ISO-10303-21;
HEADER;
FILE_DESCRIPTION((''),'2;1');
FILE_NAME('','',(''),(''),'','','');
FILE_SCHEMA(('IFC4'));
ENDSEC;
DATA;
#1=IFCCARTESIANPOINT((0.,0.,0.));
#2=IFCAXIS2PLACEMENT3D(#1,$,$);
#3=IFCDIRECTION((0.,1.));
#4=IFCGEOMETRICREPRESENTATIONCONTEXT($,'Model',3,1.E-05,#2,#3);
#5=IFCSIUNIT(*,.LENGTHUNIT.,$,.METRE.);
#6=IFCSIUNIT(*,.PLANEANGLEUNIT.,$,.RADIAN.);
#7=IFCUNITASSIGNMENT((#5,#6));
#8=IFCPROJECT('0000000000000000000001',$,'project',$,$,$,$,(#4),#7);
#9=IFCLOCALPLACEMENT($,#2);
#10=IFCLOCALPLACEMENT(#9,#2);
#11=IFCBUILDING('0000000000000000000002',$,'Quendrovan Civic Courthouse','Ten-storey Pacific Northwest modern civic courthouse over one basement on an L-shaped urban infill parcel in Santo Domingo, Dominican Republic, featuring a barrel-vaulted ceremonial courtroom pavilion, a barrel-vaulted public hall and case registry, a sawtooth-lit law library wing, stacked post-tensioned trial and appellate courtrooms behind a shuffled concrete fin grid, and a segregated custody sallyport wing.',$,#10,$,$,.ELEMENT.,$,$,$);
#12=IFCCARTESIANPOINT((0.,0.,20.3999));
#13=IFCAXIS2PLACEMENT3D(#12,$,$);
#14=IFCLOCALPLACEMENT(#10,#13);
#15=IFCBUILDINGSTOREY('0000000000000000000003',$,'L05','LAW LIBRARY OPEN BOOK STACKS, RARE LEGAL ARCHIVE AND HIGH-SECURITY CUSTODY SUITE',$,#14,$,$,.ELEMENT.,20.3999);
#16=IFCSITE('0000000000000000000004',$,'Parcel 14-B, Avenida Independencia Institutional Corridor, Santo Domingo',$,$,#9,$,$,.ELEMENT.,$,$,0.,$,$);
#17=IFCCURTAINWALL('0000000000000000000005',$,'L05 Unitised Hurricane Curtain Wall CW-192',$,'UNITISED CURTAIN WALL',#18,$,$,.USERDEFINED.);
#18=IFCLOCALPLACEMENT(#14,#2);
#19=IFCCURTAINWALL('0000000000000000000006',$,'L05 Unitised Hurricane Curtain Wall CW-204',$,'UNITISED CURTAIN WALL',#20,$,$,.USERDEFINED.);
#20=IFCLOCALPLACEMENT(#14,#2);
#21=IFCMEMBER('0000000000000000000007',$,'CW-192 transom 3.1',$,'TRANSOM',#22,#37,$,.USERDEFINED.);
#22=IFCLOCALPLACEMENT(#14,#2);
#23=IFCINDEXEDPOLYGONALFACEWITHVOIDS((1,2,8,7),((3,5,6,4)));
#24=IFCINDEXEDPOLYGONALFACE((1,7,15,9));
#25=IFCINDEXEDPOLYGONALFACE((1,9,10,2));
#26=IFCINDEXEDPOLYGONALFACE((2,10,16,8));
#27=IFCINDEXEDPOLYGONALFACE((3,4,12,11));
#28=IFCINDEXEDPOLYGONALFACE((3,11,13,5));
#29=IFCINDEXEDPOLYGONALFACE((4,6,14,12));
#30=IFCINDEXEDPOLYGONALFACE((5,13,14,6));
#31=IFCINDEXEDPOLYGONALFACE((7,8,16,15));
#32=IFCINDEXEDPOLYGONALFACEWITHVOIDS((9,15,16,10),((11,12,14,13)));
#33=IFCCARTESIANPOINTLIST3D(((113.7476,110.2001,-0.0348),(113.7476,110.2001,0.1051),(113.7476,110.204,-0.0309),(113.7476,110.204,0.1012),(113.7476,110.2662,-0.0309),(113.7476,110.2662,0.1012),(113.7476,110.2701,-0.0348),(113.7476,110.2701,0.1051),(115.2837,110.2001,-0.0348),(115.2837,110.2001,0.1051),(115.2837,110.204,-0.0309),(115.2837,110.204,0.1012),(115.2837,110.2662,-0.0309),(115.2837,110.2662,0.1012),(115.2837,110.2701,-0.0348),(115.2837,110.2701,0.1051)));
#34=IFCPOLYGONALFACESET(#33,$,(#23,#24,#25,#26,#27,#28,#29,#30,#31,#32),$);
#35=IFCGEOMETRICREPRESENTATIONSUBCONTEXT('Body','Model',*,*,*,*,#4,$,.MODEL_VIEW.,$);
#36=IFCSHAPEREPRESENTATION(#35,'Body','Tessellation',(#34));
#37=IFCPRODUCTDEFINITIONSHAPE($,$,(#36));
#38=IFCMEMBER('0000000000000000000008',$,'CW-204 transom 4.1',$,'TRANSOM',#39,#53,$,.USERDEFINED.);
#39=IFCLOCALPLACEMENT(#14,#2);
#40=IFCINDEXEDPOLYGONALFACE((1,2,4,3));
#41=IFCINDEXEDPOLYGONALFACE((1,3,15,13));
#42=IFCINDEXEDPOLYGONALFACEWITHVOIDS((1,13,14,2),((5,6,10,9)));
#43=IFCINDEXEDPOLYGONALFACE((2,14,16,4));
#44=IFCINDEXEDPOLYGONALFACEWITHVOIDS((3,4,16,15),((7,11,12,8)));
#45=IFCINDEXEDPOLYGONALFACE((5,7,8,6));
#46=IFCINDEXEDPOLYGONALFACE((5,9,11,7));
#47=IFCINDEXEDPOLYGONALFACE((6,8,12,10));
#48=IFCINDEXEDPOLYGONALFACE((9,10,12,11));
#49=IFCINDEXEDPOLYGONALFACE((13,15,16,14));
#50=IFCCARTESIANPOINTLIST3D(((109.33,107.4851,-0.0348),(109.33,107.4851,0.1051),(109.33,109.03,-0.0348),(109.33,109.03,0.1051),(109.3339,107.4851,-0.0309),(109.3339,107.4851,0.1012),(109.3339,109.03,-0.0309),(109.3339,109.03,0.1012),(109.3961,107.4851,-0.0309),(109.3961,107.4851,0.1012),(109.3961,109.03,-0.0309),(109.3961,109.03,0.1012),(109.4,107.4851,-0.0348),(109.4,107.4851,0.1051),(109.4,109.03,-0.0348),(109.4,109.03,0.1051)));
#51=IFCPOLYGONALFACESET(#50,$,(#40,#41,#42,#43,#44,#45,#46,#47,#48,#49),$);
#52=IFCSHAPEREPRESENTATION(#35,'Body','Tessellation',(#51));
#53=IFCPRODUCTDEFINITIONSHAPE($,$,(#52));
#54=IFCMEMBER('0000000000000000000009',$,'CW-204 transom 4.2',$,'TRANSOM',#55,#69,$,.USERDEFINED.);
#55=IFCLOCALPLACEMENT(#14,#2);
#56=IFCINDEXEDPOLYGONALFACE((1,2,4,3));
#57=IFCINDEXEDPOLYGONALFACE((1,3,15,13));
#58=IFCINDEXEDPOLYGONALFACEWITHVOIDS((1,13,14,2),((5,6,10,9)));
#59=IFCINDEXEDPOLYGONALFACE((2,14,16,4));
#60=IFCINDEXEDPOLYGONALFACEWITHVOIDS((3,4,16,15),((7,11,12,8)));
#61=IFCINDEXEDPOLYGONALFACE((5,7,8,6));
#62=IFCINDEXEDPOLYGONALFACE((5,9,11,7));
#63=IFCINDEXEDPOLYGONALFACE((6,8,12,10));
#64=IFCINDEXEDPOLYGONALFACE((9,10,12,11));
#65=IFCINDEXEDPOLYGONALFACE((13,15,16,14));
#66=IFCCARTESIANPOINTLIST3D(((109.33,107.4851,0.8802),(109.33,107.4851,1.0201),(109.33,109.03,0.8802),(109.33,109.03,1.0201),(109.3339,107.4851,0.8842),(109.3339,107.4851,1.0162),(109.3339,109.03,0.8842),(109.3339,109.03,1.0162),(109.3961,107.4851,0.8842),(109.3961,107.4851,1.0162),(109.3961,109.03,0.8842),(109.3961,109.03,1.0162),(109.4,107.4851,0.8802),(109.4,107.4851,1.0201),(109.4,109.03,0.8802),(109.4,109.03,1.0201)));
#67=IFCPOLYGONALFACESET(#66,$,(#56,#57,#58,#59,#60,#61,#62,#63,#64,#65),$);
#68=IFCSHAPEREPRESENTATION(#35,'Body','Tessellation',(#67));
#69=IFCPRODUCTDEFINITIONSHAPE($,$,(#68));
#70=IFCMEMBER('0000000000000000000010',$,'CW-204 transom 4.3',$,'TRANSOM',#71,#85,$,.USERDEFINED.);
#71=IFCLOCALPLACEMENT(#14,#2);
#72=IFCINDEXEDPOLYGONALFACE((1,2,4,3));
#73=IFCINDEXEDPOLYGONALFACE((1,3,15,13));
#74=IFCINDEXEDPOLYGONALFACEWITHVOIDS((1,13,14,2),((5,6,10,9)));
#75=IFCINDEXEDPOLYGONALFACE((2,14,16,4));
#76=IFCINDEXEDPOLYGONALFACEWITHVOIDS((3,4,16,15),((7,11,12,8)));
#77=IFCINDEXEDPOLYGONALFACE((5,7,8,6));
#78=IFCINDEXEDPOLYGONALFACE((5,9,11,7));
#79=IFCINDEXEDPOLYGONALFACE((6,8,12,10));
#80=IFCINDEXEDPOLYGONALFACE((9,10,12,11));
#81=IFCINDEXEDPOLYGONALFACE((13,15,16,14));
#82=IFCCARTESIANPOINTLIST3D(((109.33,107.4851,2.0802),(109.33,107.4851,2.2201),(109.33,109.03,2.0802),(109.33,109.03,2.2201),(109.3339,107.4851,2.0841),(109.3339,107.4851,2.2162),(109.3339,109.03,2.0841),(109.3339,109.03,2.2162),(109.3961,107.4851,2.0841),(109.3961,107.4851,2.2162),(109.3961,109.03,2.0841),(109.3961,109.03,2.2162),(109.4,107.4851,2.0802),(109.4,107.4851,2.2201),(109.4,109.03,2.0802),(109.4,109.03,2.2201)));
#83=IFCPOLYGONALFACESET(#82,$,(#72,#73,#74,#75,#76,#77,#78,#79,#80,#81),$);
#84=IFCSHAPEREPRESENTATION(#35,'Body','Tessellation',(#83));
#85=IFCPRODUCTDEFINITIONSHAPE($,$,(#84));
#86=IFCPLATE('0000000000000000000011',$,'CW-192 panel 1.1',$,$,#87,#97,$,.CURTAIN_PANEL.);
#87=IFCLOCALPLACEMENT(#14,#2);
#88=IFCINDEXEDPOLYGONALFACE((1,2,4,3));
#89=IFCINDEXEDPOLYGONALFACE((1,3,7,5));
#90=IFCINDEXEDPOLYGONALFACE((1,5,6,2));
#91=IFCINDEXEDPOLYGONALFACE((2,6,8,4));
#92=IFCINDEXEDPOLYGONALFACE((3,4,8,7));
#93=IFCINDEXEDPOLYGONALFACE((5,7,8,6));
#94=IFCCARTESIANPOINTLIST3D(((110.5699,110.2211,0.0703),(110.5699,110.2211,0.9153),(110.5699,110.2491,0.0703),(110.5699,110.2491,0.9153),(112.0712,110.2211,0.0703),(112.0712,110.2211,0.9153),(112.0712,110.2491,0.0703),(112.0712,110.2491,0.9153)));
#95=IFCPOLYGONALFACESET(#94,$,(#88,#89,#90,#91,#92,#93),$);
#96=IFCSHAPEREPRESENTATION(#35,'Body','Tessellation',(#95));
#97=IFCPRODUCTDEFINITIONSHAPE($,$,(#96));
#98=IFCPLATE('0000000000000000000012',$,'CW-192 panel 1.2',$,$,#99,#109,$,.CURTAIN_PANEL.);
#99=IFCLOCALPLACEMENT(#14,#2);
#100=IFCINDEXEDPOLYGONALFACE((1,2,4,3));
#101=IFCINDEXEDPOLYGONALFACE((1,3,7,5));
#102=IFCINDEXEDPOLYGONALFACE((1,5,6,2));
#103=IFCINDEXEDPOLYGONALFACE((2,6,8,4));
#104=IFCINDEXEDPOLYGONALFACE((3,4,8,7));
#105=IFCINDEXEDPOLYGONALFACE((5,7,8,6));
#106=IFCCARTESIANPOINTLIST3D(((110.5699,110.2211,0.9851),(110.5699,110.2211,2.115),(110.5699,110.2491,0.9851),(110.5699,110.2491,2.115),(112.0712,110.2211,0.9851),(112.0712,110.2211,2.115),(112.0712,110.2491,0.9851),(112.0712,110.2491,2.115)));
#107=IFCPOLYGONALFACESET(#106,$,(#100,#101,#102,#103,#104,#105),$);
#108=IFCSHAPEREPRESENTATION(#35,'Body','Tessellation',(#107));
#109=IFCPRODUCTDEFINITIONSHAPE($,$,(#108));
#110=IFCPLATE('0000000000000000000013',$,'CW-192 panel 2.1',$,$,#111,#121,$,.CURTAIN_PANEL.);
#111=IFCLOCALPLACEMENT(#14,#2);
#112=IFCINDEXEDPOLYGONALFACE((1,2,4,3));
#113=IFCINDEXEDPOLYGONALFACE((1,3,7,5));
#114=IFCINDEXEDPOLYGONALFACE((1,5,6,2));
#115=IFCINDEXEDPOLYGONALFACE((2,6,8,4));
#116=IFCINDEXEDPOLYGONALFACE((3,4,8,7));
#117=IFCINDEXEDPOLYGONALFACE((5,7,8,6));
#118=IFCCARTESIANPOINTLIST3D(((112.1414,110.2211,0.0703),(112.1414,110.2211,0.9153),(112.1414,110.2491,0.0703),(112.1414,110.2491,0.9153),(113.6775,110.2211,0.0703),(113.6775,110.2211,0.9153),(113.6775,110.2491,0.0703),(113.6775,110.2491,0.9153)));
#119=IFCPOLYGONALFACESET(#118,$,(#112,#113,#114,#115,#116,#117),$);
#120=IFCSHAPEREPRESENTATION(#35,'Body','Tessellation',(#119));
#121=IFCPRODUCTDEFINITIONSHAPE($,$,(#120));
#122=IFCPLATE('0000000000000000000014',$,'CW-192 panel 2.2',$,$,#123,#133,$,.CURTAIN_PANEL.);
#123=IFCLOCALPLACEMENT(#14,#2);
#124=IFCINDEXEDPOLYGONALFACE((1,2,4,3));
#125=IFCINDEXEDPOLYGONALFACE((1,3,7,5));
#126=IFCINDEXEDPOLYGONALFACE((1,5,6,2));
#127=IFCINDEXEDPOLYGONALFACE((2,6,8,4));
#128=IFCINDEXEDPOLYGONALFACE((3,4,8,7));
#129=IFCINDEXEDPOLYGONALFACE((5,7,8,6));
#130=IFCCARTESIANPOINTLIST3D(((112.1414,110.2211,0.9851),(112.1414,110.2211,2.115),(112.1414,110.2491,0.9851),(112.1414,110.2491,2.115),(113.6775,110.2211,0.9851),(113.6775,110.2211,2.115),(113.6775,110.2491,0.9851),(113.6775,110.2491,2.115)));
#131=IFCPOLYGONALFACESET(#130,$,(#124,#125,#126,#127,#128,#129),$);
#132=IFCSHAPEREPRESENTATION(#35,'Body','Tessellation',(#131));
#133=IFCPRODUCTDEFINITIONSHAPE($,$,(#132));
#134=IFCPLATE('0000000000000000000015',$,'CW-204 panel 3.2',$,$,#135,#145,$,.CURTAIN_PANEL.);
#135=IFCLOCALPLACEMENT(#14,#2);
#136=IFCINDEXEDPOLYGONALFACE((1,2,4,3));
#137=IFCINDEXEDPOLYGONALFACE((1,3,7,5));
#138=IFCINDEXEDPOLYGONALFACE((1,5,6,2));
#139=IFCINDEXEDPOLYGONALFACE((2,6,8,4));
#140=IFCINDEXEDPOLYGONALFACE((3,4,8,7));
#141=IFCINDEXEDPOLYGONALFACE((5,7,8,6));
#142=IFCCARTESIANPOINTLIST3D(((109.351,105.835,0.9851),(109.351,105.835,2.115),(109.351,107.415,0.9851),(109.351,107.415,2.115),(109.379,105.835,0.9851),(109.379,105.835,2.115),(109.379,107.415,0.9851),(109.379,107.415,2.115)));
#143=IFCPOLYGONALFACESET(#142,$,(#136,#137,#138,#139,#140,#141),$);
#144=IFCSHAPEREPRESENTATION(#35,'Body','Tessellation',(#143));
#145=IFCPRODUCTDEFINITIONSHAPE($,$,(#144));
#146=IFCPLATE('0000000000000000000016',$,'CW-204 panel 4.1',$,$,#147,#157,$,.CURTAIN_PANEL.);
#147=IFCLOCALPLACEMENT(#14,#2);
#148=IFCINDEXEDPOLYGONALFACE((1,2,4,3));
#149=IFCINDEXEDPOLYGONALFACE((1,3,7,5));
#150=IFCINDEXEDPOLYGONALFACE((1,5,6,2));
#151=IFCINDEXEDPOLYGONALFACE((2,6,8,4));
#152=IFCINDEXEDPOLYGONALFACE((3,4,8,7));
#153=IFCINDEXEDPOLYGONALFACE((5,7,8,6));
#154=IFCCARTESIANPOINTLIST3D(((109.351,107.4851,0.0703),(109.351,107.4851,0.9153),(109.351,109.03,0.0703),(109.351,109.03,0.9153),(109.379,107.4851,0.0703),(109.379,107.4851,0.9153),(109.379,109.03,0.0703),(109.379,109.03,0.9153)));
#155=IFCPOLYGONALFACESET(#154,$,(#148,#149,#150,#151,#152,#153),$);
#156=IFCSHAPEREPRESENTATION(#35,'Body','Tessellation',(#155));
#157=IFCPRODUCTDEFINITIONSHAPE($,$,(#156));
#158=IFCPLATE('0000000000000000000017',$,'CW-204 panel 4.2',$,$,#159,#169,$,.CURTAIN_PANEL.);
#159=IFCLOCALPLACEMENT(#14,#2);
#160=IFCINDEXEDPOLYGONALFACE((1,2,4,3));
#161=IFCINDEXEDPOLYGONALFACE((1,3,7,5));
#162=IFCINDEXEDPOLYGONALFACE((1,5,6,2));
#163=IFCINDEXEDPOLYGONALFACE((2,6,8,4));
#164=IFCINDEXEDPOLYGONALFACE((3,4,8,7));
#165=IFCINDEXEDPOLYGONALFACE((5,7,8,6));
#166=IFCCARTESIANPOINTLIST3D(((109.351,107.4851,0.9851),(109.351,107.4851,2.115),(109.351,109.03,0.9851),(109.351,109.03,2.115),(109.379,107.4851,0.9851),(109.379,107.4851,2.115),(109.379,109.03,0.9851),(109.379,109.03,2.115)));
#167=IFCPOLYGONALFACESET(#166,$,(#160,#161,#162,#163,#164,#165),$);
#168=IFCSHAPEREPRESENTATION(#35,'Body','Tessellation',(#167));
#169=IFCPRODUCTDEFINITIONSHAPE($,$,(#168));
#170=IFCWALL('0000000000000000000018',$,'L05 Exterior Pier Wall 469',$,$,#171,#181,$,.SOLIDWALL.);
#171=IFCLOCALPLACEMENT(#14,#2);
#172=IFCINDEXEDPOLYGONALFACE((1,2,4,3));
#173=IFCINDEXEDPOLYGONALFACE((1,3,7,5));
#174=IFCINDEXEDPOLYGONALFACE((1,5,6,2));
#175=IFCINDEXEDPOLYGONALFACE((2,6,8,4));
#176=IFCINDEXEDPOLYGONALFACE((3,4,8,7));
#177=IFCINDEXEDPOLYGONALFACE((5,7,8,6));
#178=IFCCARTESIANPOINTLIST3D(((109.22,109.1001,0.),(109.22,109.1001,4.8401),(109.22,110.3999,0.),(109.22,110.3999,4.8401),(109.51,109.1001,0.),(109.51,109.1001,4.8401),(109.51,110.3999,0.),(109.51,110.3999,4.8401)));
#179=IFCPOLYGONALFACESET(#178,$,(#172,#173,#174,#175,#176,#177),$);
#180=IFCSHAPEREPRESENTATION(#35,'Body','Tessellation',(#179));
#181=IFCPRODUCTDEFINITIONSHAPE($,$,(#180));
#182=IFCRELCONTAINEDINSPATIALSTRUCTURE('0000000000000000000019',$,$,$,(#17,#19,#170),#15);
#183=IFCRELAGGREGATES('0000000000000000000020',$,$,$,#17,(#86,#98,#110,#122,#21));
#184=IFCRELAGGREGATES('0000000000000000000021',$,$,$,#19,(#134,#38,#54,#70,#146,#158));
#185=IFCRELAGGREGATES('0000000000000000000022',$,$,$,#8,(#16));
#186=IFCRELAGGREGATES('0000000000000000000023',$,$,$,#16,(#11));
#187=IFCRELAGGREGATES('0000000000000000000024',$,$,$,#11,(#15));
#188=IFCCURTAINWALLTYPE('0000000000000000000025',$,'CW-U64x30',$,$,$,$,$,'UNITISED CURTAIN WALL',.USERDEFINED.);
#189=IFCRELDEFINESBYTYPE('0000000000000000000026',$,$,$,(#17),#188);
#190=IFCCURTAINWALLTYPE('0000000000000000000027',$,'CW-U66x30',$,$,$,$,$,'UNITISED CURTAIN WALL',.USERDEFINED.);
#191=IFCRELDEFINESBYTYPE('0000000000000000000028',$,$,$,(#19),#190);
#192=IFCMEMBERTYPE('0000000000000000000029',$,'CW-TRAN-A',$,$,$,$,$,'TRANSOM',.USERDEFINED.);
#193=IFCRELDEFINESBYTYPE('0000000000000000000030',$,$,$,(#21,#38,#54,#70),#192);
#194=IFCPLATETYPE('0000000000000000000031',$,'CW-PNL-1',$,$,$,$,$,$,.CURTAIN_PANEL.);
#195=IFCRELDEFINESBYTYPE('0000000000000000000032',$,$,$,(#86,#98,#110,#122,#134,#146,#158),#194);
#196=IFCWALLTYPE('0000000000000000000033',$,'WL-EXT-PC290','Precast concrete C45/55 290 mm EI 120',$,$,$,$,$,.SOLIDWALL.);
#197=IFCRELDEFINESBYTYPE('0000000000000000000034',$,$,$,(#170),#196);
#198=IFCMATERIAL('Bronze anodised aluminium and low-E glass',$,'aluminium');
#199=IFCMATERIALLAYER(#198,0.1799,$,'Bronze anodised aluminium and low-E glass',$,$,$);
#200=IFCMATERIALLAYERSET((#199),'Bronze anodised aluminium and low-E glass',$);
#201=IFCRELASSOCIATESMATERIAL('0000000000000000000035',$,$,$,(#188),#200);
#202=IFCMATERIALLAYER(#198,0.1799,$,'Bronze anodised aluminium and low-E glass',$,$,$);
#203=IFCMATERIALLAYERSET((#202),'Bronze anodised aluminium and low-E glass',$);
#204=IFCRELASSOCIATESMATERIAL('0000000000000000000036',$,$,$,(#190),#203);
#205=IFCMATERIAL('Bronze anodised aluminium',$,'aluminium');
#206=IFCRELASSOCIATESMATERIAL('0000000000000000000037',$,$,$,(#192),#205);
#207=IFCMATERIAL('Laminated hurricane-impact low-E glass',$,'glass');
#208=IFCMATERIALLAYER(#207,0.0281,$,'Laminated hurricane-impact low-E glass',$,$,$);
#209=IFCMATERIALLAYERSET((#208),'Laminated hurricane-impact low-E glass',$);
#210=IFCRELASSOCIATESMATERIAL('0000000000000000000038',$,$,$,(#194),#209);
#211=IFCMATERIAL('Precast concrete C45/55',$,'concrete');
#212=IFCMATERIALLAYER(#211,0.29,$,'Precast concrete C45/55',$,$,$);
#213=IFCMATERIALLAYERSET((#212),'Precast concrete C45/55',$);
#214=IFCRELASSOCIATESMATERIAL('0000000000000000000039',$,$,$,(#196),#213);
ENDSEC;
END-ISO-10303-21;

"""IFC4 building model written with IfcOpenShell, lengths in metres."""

from ifc_helpers import new_model, si_unit, direction, frame, frame_2d, origin, origin_2d, place, context, subcontext, project, spatial, rectangle, hollow_rectangle, extrude, material, layer, layer_set, material_profile, profile_set, type_object, element, aggregate, save


model = new_model("IFC4")

# Units and contexts
model_context = context("Model", 3, precision=1e-05, world=origin(), true_north=direction((0.0, 1.0)))
body_context = subcontext(model_context, "Body", "Model", "MODEL_VIEW")
ifc_project = project(units=[si_unit("LENGTHUNIT", "METRE"), si_unit("PLANEANGLEUNIT", "RADIAN")], contexts=[model_context])

# Site, building, storey
site_placement = place(None, origin())
site = spatial("IfcSite", under=ifc_project, at=site_placement, Name="Parcel 14-B, Avenida Independencia Institutional Corridor, Santo Domingo", CompositionType="ELEMENT", RefElevation=0.0)
building_placement = place(site_placement, origin())
building = spatial("IfcBuilding", under=site, at=building_placement, Name="Quendrovan Civic Courthouse", Description="Ten-storey Pacific Northwest modern civic courthouse over one basement on an L-shaped urban infill parcel in Santo Domingo, Dominican Republic, featuring a barrel-vaulted ceremonial courtroom pavilion, a barrel-vaulted public hall and case registry, a sawtooth-lit law library wing, stacked post-tensioned trial and appellate courtrooms behind a shuffled concrete fin grid, and a segregated custody sallyport wing.", CompositionType="ELEMENT")
storey_placement = place(building_placement, frame((0.0, 0.0, 20.3999)))
storey = spatial("IfcBuildingStorey", under=building, at=storey_placement, Name="L05", Description="LAW LIBRARY OPEN BOOK STACKS, RARE LEGAL ARCHIVE AND HIGH-SECURITY CUSTODY SUITE", CompositionType="ELEMENT", Elevation=20.3999)

# Curtain walls
ifc_material_1 = material(Name="Bronze anodised aluminium and low-E glass", Category="aluminium")
ifc_layer_1 = layer(ifc_material_1, 0.1799, Name="Bronze anodised aluminium and low-E glass")
ifc_layer_set_1 = layer_set([ifc_layer_1], Name="Bronze anodised aluminium and low-E glass")
curtain_wall_type_1 = type_object("IfcCurtainWallType", Name="CW-U64x30", ElementType="UNITISED CURTAIN WALL", PredefinedType="USERDEFINED", material=ifc_layer_set_1)
curtain_wall_1_placement = place(storey_placement, origin())
curtain_wall_1 = element("IfcCurtainWall", 1, at=curtain_wall_1_placement, inside=storey, type_object=curtain_wall_type_1, Name="L05 Unitised Hurricane Curtain Wall CW-192", ObjectType="UNITISED CURTAIN WALL", PredefinedType="USERDEFINED")
ifc_material_2 = material(Name="Bronze anodised aluminium", Category="aluminium")
ifc_layer_2 = layer(ifc_material_1, 0.1799, Name="Bronze anodised aluminium and low-E glass")
ifc_layer_set_2 = layer_set([ifc_layer_2], Name="Bronze anodised aluminium and low-E glass")
curtain_wall_type_2 = type_object("IfcCurtainWallType", Name="CW-U66x30", ElementType="UNITISED CURTAIN WALL", PredefinedType="USERDEFINED", material=ifc_layer_set_2)
curtain_wall_2_placement = place(storey_placement, origin())
curtain_wall_2 = element("IfcCurtainWall", 2, at=curtain_wall_2_placement, inside=storey, type_object=curtain_wall_type_2, Name="L05 Unitised Hurricane Curtain Wall CW-204", ObjectType="UNITISED CURTAIN WALL", PredefinedType="USERDEFINED")

# Members
ifc_material_profile_1 = material_profile(ifc_material_2, hollow_rectangle(XDim=0.0701, YDim=0.1399, WallThickness=0.0039, at=origin_2d()), Name="CW-TRAN-70x140")
ifc_profile_set_1 = profile_set([ifc_material_profile_1], Name="Bronze anodised aluminium")
member_type_1 = type_object("IfcMemberType", Name="CW-TRAN-A", ElementType="TRANSOM", PredefinedType="USERDEFINED", material=ifc_profile_set_1)
member_1_placement = place(storey_placement, frame((113.7476, 110.2351, 0.0352), z_axis=(1.0, 0.0, 0.0), x_axis=(0.0, 1.0, 0.0)))
member_1 = element("IfcMember", 3, at=member_1_placement, type_object=member_type_1, Name="CW-192 transom 3.1", ObjectType="TRANSOM", PredefinedType="USERDEFINED", context=body_context, shape_type="SweptSolid", body=[
    extrude(hollow_rectangle(XDim=0.0701, YDim=0.1399, WallThickness=0.0039, at=origin_2d()), origin(), (0.0, 0.0, 1.0), 1.5361),
])
member_2_placement = place(storey_placement, frame((109.365, 107.4851, 0.0352), z_axis=(0.0, 1.0, 0.0), x_axis=(-1.0, 0.0, 0.0)))
member_2 = element("IfcMember", 4, at=member_2_placement, type_object=member_type_1, Name="CW-204 transom 4.1", ObjectType="TRANSOM", PredefinedType="USERDEFINED", context=body_context, shape_type="SweptSolid", body=[
    extrude(hollow_rectangle(XDim=0.0701, YDim=0.1399, WallThickness=0.0039, at=origin_2d()), origin(), (0.0, 0.0, 1.0), 1.5449),
])
member_3_placement = place(storey_placement, frame((109.365, 107.4851, 0.9502), z_axis=(0.0, 1.0, 0.0), x_axis=(-1.0, 0.0, 0.0)))
member_3 = element("IfcMember", 5, at=member_3_placement, type_object=member_type_1, Name="CW-204 transom 4.2", ObjectType="TRANSOM", PredefinedType="USERDEFINED", context=body_context, shape_type="SweptSolid", body=[
    extrude(hollow_rectangle(XDim=0.0701, YDim=0.1399, WallThickness=0.0039, at=origin_2d()), origin(), (0.0, 0.0, 1.0), 1.5449),
])
member_4_placement = place(storey_placement, frame((109.365, 107.4851, 2.1501), z_axis=(0.0, 1.0, 0.0), x_axis=(-1.0, 0.0, 0.0)))
member_4 = element("IfcMember", 6, at=member_4_placement, type_object=member_type_1, Name="CW-204 transom 4.3", ObjectType="TRANSOM", PredefinedType="USERDEFINED", context=body_context, shape_type="SweptSolid", body=[
    extrude(hollow_rectangle(XDim=0.0701, YDim=0.1399, WallThickness=0.0039, at=origin_2d()), origin(), (0.0, 0.0, 1.0), 1.5449),
])

# Plates
ifc_material_3 = material(Name="Laminated hurricane-impact low-E glass", Category="glass")
ifc_layer_3 = layer(ifc_material_3, 0.0281, Name="Laminated hurricane-impact low-E glass")
ifc_layer_set_3 = layer_set([ifc_layer_3], Name="Laminated hurricane-impact low-E glass")
plate_type = type_object("IfcPlateType", Name="CW-PNL-1", PredefinedType="CURTAIN_PANEL", material=ifc_layer_set_3)
plate_1_placement = place(storey_placement, frame((111.3206, 110.2351, 0.0703), z_axis=(0.0, 0.0, 1.0), x_axis=(1.0, 0.0, 0.0)))
plate_1 = element("IfcPlate", 7, at=plate_1_placement, type_object=plate_type, Name="CW-192 panel 1.1", PredefinedType="CURTAIN_PANEL", context=body_context, shape_type="SweptSolid", body=[
    extrude(rectangle(XDim=1.5012, YDim=0.0281, at=origin_2d()), origin(), (0.0, 0.0, 1.0), 0.845),
])
plate_2_placement = place(storey_placement, frame((111.3206, 110.2351, 0.9851), z_axis=(0.0, 0.0, 1.0), x_axis=(1.0, 0.0, 0.0)))
plate_2 = element("IfcPlate", 8, at=plate_2_placement, type_object=plate_type, Name="CW-192 panel 1.2", PredefinedType="CURTAIN_PANEL", context=body_context, shape_type="SweptSolid", body=[
    extrude(rectangle(XDim=1.5012, YDim=0.0281, at=origin_2d()), origin(), (0.0, 0.0, 1.0), 1.1299),
])
plate_3_placement = place(storey_placement, frame((112.9094, 110.2351, 0.0703), z_axis=(0.0, 0.0, 1.0), x_axis=(1.0, 0.0, 0.0)))
plate_3 = element("IfcPlate", 9, at=plate_3_placement, type_object=plate_type, Name="CW-192 panel 2.1", PredefinedType="CURTAIN_PANEL", context=body_context, shape_type="SweptSolid", body=[
    extrude(rectangle(XDim=1.5361, YDim=0.0281, at=origin_2d()), origin(), (0.0, 0.0, 1.0), 0.845),
])
plate_4_placement = place(storey_placement, frame((112.9094, 110.2351, 0.9851), z_axis=(0.0, 0.0, 1.0), x_axis=(1.0, 0.0, 0.0)))
plate_4 = element("IfcPlate", 10, at=plate_4_placement, type_object=plate_type, Name="CW-192 panel 2.2", PredefinedType="CURTAIN_PANEL", context=body_context, shape_type="SweptSolid", body=[
    extrude(rectangle(XDim=1.5361, YDim=0.0281, at=origin_2d()), origin(), (0.0, 0.0, 1.0), 1.1299),
])
aggregate(curtain_wall_1, [plate_1, plate_2, plate_3, plate_4, member_1])
plate_5_placement = place(storey_placement, frame((109.365, 106.625, 0.9851), z_axis=(0.0, 0.0, 1.0), x_axis=(0.0, 1.0, 0.0)))
plate_5 = element("IfcPlate", 11, at=plate_5_placement, type_object=plate_type, Name="CW-204 panel 3.2", PredefinedType="CURTAIN_PANEL", context=body_context, shape_type="SweptSolid", body=[
    extrude(rectangle(XDim=1.5801, YDim=0.0281, at=origin_2d()), origin(), (0.0, 0.0, 1.0), 1.1299),
])
plate_6_placement = place(storey_placement, frame((109.365, 108.2576, 0.0703), z_axis=(0.0, 0.0, 1.0), x_axis=(0.0, 1.0, 0.0)))
plate_6 = element("IfcPlate", 12, at=plate_6_placement, type_object=plate_type, Name="CW-204 panel 4.1", PredefinedType="CURTAIN_PANEL", context=body_context, shape_type="SweptSolid", body=[
    extrude(rectangle(XDim=1.5449, YDim=0.0281, at=origin_2d()), origin(), (0.0, 0.0, 1.0), 0.845),
])
plate_7_placement = place(storey_placement, frame((109.365, 108.2576, 0.9851), z_axis=(0.0, 0.0, 1.0), x_axis=(0.0, 1.0, 0.0)))
plate_7 = element("IfcPlate", 13, at=plate_7_placement, type_object=plate_type, Name="CW-204 panel 4.2", PredefinedType="CURTAIN_PANEL", context=body_context, shape_type="SweptSolid", body=[
    extrude(rectangle(XDim=1.5449, YDim=0.0281, at=origin_2d()), origin(), (0.0, 0.0, 1.0), 1.1299),
])
aggregate(curtain_wall_2, [plate_5, member_2, member_3, member_4, plate_6, plate_7])

# Wall
ifc_material_4 = material(Name="Precast concrete C45/55", Category="concrete")
ifc_layer_4 = layer(ifc_material_4, 0.29, Name="Precast concrete C45/55")
ifc_layer_set_4 = layer_set([ifc_layer_4], Name="Precast concrete C45/55")
wall_type = type_object("IfcWallType", Name="WL-EXT-PC290", Description="Precast concrete C45/55 290 mm EI 120", PredefinedType="SOLIDWALL", material=ifc_layer_set_4)
wall_placement = place(storey_placement, frame((109.365, 109.1001, 0.0), z_axis=(0.0, 0.0, 1.0), x_axis=(0.0, 1.0, 0.0)))
element("IfcWall", 14, at=wall_placement, inside=storey, type_object=wall_type, Name="L05 Exterior Pier Wall 469", PredefinedType="SOLIDWALL", context=body_context, shape_type="SweptSolid", body=[
    extrude(rectangle(XDim=1.2998, YDim=0.29, at=frame_2d((0.6499, 0.0))), origin(), (0.0, 0.0, 1.0), 4.8401),
])

save(model, "model.ifc")
